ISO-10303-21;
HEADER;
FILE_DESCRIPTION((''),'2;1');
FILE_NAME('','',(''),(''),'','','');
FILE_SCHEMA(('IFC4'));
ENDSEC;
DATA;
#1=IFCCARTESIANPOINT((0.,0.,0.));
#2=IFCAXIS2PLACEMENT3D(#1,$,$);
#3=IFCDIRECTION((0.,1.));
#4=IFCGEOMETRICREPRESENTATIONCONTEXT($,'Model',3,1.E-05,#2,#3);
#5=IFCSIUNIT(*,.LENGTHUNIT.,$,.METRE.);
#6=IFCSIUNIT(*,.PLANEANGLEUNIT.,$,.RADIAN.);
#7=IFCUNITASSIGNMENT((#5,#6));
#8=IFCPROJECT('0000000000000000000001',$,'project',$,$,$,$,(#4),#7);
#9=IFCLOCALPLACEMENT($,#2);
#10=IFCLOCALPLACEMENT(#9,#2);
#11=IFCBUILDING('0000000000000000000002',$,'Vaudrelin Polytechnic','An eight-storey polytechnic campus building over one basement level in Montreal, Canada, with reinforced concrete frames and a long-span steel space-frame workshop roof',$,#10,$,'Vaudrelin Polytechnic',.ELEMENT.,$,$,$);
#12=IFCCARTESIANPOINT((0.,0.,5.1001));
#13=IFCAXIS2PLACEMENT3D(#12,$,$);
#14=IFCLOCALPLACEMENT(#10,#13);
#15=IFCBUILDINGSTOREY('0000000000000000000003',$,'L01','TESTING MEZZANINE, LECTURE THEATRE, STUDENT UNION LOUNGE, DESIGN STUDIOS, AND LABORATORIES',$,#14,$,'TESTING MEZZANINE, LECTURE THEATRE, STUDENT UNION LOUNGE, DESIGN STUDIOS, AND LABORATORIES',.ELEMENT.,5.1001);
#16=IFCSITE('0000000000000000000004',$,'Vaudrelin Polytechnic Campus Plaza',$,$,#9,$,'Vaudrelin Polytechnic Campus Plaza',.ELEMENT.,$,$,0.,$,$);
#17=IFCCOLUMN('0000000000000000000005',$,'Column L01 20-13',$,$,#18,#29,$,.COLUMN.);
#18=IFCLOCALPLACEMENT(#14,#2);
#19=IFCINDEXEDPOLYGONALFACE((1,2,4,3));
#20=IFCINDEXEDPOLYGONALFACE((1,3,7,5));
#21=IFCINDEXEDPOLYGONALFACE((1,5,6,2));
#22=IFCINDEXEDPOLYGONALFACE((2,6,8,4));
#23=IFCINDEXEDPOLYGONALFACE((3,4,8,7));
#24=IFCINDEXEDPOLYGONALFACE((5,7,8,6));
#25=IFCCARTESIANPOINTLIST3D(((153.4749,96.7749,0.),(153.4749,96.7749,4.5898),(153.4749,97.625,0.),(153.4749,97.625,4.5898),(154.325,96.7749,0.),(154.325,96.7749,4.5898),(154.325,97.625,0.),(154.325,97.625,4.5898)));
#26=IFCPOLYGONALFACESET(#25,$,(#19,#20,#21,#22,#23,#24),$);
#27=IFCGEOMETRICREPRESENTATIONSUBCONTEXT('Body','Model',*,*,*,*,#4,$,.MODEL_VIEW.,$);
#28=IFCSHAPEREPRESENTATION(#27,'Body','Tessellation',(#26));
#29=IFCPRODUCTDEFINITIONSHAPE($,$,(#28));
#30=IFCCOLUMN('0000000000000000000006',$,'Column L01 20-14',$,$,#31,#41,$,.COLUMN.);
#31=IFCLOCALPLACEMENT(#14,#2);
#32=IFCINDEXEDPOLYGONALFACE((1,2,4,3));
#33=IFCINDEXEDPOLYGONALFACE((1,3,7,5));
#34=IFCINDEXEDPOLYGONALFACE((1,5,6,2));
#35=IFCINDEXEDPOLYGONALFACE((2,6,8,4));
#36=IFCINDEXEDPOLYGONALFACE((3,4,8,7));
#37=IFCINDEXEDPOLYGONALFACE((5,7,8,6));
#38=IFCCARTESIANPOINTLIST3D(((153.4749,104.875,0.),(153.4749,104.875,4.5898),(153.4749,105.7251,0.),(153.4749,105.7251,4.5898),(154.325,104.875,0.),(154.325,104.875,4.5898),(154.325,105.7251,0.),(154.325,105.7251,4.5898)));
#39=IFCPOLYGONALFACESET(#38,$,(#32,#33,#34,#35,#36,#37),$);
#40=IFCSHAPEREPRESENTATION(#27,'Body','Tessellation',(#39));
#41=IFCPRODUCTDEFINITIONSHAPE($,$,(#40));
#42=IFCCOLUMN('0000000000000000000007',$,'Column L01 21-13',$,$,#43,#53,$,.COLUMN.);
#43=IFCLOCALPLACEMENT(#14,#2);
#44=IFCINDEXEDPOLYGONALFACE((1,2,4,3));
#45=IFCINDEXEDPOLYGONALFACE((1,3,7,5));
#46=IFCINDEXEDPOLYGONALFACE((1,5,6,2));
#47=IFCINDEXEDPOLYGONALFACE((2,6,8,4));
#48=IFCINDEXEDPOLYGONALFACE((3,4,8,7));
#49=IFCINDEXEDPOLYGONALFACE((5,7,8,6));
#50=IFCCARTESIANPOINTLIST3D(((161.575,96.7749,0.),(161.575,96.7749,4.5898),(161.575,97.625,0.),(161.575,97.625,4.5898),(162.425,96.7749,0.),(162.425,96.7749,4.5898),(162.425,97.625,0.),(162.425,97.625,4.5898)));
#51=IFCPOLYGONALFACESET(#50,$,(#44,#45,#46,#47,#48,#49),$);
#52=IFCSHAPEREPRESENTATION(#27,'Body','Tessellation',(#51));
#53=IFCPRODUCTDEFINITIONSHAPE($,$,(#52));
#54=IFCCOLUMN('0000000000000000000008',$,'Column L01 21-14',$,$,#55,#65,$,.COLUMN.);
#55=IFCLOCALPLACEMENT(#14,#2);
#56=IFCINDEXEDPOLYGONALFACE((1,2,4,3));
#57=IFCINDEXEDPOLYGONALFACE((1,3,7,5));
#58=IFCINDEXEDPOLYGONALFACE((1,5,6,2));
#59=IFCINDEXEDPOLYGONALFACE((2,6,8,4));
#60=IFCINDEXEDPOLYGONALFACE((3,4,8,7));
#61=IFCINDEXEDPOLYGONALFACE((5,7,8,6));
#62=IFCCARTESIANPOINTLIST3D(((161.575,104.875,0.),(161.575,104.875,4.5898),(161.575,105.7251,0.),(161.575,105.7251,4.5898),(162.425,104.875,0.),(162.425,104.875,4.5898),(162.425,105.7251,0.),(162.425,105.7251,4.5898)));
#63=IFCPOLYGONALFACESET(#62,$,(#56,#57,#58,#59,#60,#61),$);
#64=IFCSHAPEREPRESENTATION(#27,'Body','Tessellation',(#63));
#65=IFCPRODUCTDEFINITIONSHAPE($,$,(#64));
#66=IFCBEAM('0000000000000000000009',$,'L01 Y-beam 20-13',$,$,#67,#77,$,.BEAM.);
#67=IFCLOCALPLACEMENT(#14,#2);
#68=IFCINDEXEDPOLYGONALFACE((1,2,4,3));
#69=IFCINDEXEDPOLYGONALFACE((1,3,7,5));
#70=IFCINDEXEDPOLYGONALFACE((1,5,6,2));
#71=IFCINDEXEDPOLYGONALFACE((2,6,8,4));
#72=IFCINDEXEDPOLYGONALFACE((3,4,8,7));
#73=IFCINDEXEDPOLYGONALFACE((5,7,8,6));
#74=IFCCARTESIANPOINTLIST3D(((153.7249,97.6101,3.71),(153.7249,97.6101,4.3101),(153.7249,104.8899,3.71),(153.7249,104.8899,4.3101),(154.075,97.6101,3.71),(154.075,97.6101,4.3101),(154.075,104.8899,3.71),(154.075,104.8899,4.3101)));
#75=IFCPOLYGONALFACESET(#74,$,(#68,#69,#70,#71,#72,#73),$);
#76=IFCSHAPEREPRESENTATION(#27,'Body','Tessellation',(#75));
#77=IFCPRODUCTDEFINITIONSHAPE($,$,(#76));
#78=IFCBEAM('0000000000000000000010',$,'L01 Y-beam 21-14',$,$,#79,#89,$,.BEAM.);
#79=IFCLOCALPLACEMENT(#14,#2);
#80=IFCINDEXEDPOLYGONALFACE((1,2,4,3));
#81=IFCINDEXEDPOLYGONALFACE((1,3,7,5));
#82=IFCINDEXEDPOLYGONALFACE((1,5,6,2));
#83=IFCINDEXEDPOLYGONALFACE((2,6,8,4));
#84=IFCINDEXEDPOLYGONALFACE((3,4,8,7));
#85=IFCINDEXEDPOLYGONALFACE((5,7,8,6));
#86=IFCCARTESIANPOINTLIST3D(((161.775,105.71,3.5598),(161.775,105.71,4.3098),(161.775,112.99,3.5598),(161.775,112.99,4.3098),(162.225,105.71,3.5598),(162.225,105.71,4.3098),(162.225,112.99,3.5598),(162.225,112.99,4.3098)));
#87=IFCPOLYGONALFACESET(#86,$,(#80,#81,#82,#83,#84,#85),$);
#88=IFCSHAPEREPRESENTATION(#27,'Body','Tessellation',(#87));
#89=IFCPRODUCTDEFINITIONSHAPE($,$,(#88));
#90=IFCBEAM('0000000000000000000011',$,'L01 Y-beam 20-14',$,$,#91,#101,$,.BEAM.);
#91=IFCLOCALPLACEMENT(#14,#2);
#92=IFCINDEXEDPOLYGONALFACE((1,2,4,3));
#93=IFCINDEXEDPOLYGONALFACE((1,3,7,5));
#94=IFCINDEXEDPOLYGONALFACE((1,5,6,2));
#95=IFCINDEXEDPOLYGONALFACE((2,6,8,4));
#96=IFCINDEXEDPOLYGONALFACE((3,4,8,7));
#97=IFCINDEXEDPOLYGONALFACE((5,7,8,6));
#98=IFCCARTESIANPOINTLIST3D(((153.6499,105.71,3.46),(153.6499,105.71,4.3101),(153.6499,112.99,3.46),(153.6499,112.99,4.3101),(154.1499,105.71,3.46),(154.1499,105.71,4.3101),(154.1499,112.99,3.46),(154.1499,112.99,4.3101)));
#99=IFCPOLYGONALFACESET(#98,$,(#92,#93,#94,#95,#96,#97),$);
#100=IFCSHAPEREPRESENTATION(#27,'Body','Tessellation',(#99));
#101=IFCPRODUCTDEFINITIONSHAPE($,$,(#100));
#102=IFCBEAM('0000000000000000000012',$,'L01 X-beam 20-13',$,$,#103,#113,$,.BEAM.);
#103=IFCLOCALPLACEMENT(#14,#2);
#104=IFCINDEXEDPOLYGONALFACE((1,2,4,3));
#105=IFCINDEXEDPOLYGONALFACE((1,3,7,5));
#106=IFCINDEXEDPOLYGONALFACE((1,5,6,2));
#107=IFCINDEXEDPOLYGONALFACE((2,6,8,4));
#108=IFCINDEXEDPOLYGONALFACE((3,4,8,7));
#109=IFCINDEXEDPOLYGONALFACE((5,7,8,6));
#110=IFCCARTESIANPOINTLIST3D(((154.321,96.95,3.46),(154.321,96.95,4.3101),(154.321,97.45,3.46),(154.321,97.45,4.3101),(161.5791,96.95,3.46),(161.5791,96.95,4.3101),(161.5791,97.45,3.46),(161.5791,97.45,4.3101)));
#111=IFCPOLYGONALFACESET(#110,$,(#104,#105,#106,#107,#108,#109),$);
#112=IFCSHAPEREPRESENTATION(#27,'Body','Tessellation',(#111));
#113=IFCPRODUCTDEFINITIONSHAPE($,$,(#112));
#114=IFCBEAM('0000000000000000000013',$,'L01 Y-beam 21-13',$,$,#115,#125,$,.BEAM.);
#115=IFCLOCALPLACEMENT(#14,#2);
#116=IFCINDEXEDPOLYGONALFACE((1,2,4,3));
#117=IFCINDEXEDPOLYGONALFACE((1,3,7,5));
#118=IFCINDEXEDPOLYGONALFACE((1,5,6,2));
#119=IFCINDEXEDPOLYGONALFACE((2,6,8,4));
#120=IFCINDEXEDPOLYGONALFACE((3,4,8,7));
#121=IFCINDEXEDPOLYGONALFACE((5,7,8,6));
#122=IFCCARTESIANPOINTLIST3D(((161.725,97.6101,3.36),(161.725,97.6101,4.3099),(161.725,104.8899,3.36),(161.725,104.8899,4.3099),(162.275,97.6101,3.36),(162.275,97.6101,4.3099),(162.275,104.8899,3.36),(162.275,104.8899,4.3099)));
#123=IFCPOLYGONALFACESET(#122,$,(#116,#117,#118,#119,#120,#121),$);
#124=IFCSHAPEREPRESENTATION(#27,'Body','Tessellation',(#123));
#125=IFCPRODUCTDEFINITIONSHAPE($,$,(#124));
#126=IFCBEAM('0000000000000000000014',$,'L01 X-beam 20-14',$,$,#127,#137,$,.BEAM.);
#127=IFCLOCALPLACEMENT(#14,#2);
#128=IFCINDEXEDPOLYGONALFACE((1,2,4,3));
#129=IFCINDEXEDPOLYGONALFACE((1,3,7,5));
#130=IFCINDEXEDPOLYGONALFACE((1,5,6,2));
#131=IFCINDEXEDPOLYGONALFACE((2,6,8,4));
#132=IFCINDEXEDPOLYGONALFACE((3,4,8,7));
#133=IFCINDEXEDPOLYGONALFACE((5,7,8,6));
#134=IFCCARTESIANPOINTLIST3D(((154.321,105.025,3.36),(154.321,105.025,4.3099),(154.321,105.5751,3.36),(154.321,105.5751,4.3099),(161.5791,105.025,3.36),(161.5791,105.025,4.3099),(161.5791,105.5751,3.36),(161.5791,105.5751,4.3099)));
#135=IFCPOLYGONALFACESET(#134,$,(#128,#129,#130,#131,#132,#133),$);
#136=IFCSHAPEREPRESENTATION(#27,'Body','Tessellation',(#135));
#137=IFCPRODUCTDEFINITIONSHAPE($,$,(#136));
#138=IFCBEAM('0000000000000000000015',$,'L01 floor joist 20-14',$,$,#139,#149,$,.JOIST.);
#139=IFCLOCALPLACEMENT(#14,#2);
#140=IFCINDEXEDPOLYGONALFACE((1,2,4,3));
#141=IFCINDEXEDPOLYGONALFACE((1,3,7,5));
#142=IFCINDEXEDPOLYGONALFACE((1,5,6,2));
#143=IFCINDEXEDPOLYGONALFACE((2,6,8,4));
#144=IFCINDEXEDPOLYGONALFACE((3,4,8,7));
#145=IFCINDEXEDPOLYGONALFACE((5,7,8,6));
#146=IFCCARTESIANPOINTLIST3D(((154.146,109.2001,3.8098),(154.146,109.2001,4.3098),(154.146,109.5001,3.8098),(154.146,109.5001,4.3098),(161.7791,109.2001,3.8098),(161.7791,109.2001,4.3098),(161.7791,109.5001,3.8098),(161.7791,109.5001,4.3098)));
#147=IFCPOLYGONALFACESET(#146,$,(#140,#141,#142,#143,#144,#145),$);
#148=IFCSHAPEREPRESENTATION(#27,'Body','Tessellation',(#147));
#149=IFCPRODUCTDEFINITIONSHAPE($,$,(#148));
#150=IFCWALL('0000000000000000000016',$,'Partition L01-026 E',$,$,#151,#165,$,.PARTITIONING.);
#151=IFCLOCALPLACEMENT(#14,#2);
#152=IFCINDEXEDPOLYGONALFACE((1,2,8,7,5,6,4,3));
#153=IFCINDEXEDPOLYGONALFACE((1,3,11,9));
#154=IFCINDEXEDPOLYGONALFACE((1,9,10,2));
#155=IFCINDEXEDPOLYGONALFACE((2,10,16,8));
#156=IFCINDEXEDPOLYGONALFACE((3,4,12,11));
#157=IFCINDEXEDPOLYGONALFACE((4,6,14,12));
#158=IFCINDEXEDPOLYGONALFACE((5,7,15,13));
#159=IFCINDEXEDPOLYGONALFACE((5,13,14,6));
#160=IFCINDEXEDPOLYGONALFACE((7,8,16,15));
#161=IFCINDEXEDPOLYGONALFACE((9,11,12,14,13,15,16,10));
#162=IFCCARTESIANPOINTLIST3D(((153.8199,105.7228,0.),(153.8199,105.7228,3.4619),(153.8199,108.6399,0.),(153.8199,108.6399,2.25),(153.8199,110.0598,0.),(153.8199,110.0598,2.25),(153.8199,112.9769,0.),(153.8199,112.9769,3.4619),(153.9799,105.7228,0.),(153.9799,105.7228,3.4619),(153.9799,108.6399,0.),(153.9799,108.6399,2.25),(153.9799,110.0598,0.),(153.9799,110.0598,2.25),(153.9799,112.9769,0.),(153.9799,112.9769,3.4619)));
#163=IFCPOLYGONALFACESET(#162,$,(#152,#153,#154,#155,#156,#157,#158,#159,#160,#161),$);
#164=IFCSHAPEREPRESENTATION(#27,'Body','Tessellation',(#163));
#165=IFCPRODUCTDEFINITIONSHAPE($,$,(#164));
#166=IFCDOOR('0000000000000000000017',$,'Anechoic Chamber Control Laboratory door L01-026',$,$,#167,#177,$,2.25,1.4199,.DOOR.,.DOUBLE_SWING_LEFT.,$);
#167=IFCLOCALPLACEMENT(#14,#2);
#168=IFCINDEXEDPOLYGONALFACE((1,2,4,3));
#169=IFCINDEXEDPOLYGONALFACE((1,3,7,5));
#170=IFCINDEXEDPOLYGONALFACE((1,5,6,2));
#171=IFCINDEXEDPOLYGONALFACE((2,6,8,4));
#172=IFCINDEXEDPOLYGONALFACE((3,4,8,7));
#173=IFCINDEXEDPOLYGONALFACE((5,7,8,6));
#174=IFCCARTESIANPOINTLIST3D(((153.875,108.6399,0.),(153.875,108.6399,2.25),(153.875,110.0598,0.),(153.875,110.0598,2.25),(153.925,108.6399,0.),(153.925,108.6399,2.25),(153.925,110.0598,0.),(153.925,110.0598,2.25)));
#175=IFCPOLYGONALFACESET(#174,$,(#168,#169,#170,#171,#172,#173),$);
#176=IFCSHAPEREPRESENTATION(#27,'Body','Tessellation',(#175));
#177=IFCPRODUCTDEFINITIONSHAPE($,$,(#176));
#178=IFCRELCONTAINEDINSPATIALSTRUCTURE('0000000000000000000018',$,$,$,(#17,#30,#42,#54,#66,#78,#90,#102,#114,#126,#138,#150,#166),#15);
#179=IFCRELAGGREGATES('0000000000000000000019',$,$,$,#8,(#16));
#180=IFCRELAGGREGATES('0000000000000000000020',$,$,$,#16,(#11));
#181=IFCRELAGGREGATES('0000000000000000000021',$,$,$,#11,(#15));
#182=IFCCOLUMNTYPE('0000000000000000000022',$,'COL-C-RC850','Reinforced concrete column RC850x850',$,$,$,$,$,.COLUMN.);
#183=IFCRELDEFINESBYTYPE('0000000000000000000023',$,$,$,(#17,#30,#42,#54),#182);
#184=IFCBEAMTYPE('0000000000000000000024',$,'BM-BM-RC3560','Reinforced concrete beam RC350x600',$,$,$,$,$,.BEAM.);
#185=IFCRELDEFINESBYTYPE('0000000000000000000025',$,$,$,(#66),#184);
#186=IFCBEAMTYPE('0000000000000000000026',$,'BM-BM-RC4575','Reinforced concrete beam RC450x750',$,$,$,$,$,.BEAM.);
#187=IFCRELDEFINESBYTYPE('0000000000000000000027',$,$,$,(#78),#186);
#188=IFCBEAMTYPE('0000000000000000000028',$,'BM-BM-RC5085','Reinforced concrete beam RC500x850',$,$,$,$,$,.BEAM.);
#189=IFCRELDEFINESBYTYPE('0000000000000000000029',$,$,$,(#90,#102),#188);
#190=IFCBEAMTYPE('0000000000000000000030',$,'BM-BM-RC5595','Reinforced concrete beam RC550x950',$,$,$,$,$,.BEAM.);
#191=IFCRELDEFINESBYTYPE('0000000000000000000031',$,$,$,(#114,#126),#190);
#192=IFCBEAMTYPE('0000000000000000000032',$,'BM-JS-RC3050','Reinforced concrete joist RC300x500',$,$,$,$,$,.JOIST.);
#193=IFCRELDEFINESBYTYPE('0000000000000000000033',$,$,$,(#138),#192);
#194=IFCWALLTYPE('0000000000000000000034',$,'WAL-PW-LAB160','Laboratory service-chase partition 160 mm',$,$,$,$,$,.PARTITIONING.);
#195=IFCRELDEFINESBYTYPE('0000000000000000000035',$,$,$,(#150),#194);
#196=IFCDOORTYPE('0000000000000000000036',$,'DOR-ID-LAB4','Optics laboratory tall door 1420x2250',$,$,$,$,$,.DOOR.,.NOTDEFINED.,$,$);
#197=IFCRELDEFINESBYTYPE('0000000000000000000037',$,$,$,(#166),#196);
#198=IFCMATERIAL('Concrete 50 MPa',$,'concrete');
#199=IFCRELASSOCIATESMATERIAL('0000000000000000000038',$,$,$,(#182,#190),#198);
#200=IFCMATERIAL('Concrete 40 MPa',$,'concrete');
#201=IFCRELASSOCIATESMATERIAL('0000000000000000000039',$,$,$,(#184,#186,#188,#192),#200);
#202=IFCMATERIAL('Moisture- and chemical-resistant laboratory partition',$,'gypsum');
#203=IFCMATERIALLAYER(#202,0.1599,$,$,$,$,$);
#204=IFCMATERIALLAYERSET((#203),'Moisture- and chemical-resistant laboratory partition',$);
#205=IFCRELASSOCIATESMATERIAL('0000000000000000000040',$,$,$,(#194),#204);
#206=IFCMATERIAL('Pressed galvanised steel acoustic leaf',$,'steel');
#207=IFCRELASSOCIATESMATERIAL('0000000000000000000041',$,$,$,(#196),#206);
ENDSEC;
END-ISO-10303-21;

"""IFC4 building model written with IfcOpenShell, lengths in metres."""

from ifc_helpers import new_model, si_unit, direction, frame, frame_2d, origin, origin_2d, place, context, subcontext, project, spatial, rectangle, extrude, material, layer, layer_set, material_profile, profile_set, type_object, element, fill, save


model = new_model("IFC4")

# Units and contexts
model_context = context("Model", 3, precision=1e-05, world=origin(), true_north=direction((0.0, 1.0)))
body_context = subcontext(model_context, "Body", "Model", "MODEL_VIEW")
ifc_project = project(units=[si_unit("LENGTHUNIT", "METRE"), si_unit("PLANEANGLEUNIT", "RADIAN")], contexts=[model_context])

# Site, building, storey
site_placement = place(None, origin())
site = spatial("IfcSite", under=ifc_project, at=site_placement, Name="Vaudrelin Polytechnic Campus Plaza", LongName="Vaudrelin Polytechnic Campus Plaza", CompositionType="ELEMENT", RefElevation=0.0)
building_placement = place(site_placement, origin())
building = spatial("IfcBuilding", under=site, at=building_placement, Name="Vaudrelin Polytechnic", Description="An eight-storey polytechnic campus building over one basement level in Montreal, Canada, with reinforced concrete frames and a long-span steel space-frame workshop roof", LongName="Vaudrelin Polytechnic", CompositionType="ELEMENT")
storey_placement = place(building_placement, frame((0.0, 0.0, 5.1001)))
storey = spatial("IfcBuildingStorey", under=building, at=storey_placement, Name="L01", Description="TESTING MEZZANINE, LECTURE THEATRE, STUDENT UNION LOUNGE, DESIGN STUDIOS, AND LABORATORIES", LongName="TESTING MEZZANINE, LECTURE THEATRE, STUDENT UNION LOUNGE, DESIGN STUDIOS, AND LABORATORIES", CompositionType="ELEMENT", Elevation=5.1001)

# Columns
ifc_material_1 = material(Name="Concrete 50 MPa", Category="concrete")
ifc_material_profile_1 = material_profile(ifc_material_1, rectangle(XDim=0.8501, YDim=0.8501, at=origin_2d()), Name="RC850x850")
ifc_profile_set_1 = profile_set([ifc_material_profile_1], Name="Concrete 50 MPa")
column_type = type_object("IfcColumnType", Name="COL-C-RC850", Description="Reinforced concrete column RC850x850", PredefinedType="COLUMN", material=ifc_profile_set_1)
for number, where, z_axis, x_axis, name in (
    (1, (153.8999, 97.2, 0.0), (0.0, 0.0, 1.0), (1.0, 0.0, 0.0), "Column L01 20-13"),
    (2, (153.8999, 105.3, 0.0), (0.0, 0.0, 1.0), (1.0, 0.0, 0.0), "Column L01 20-14"),
    (3, (162.0, 97.2, 0.0), (0.0, 0.0, 1.0), (1.0, 0.0, 0.0), "Column L01 21-13"),
    (4, (162.0, 105.3, 0.0), (0.0, 0.0, 1.0), (1.0, 0.0, 0.0), "Column L01 21-14"),
):
    element("IfcColumn", number, at=place(storey_placement, frame(where, z_axis=z_axis, x_axis=x_axis)), inside=storey, type_object=column_type, Name=name, PredefinedType="COLUMN", context=body_context, shape_type="SweptSolid", body=[
        extrude(rectangle(XDim=0.8501, YDim=0.8501, at=origin_2d()), origin(), (0.0, 0.0, 1.0), 4.5898),
    ])

# Beams
ifc_material_2 = material(Name="Concrete 40 MPa", Category="concrete")
ifc_material_profile_2 = material_profile(ifc_material_2, rectangle(XDim=0.3501, YDim=0.6001, at=origin_2d()), Name="RC350x600")
ifc_profile_set_2 = profile_set([ifc_material_profile_2], Name="Concrete 40 MPa")
beam_type_1 = type_object("IfcBeamType", Name="BM-BM-RC3560", Description="Reinforced concrete beam RC350x600", PredefinedType="BEAM", material=ifc_profile_set_2)
beam_1_placement = place(storey_placement, frame((153.8999, 97.6101, 4.01), z_axis=(0.0, 1.0, 0.0), x_axis=(-1.0, 0.0, 0.0)))
element("IfcBeam", 5, at=beam_1_placement, inside=storey, type_object=beam_type_1, Name="L01 Y-beam 20-13", PredefinedType="BEAM", context=body_context, shape_type="SweptSolid", body=[
    extrude(rectangle(XDim=0.3501, YDim=0.6001, at=origin_2d()), origin(), (0.0, 0.0, 1.0), 7.2798),
])
ifc_material_profile_3 = material_profile(ifc_material_2, rectangle(XDim=0.45, YDim=0.75, at=origin_2d()), Name="RC450x750")
ifc_profile_set_3 = profile_set([ifc_material_profile_3], Name="Concrete 40 MPa")
beam_type_2 = type_object("IfcBeamType", Name="BM-BM-RC4575", Description="Reinforced concrete beam RC450x750", PredefinedType="BEAM", material=ifc_profile_set_3)
beam_2_placement = place(storey_placement, frame((162.0, 105.71, 3.9348), z_axis=(0.0, 1.0, 0.0), x_axis=(-1.0, 0.0, 0.0)))
element("IfcBeam", 6, at=beam_2_placement, inside=storey, type_object=beam_type_2, Name="L01 Y-beam 21-14", PredefinedType="BEAM", context=body_context, shape_type="SweptSolid", body=[
    extrude(rectangle(XDim=0.45, YDim=0.75, at=origin_2d()), origin(), (0.0, 0.0, 1.0), 7.28),
])
ifc_material_profile_4 = material_profile(ifc_material_2, rectangle(XDim=0.5, YDim=0.8501, at=origin_2d()), Name="RC500x850")
ifc_profile_set_4 = profile_set([ifc_material_profile_4], Name="Concrete 40 MPa")
beam_type_3 = type_object("IfcBeamType", Name="BM-BM-RC5085", Description="Reinforced concrete beam RC500x850", PredefinedType="BEAM", material=ifc_profile_set_4)
beam_3_placement = place(storey_placement, frame((153.8999, 105.71, 3.885), z_axis=(0.0, 1.0, 0.0), x_axis=(-1.0, 0.0, 0.0)))
element("IfcBeam", 7, at=beam_3_placement, inside=storey, type_object=beam_type_3, Name="L01 Y-beam 20-14", PredefinedType="BEAM", context=body_context, shape_type="SweptSolid", body=[
    extrude(rectangle(XDim=0.5, YDim=0.8501, at=origin_2d()), origin(), (0.0, 0.0, 1.0), 7.28),
])
beam_4_placement = place(storey_placement, frame((154.321, 97.2, 3.885), z_axis=(1.0, 0.0, 0.0), x_axis=(0.0, 1.0, 0.0)))
element("IfcBeam", 8, at=beam_4_placement, inside=storey, type_object=beam_type_3, Name="L01 X-beam 20-13", PredefinedType="BEAM", context=body_context, shape_type="SweptSolid", body=[
    extrude(rectangle(XDim=0.5, YDim=0.8501, at=origin_2d()), origin(), (0.0, 0.0, 1.0), 7.2581),
])
ifc_material_profile_5 = material_profile(ifc_material_1, rectangle(XDim=0.55, YDim=0.95, at=origin_2d()), Name="RC550x950")
ifc_profile_set_5 = profile_set([ifc_material_profile_5], Name="Concrete 50 MPa")
beam_type_4 = type_object("IfcBeamType", Name="BM-BM-RC5595", Description="Reinforced concrete beam RC550x950", PredefinedType="BEAM", material=ifc_profile_set_5)
beam_5_placement = place(storey_placement, frame((162.0, 97.6101, 3.835), z_axis=(0.0, 1.0, 0.0), x_axis=(-1.0, 0.0, 0.0)))
element("IfcBeam", 9, at=beam_5_placement, inside=storey, type_object=beam_type_4, Name="L01 Y-beam 21-13", PredefinedType="BEAM", context=body_context, shape_type="SweptSolid", body=[
    extrude(rectangle(XDim=0.55, YDim=0.95, at=origin_2d()), origin(), (0.0, 0.0, 1.0), 7.2798),
])
beam_6_placement = place(storey_placement, frame((154.321, 105.3, 3.835), z_axis=(1.0, 0.0, 0.0), x_axis=(0.0, 1.0, 0.0)))
element("IfcBeam", 10, at=beam_6_placement, inside=storey, type_object=beam_type_4, Name="L01 X-beam 20-14", PredefinedType="BEAM", context=body_context, shape_type="SweptSolid", body=[
    extrude(rectangle(XDim=0.55, YDim=0.95, at=origin_2d()), origin(), (0.0, 0.0, 1.0), 7.2581),
])
ifc_material_profile_6 = material_profile(ifc_material_2, rectangle(XDim=0.3, YDim=0.5, at=origin_2d()), Name="RC300x500")
ifc_profile_set_6 = profile_set([ifc_material_profile_6], Name="Concrete 40 MPa")
beam_type_5 = type_object("IfcBeamType", Name="BM-JS-RC3050", Description="Reinforced concrete joist RC300x500", PredefinedType="JOIST", material=ifc_profile_set_6)
beam_7_placement = place(storey_placement, frame((154.146, 109.3501, 4.0598), z_axis=(1.0, 0.0, 0.0), x_axis=(0.0, 1.0, 0.0)))
element("IfcBeam", 11, at=beam_7_placement, inside=storey, type_object=beam_type_5, Name="L01 floor joist 20-14", PredefinedType="JOIST", context=body_context, shape_type="SweptSolid", body=[
    extrude(rectangle(XDim=0.3, YDim=0.5, at=origin_2d()), origin(), (0.0, 0.0, 1.0), 7.6331),
])

# Wall, opening, door
ifc_material_3 = material(Name="Moisture- and chemical-resistant laboratory partition", Category="gypsum")
ifc_layer_1 = layer(ifc_material_3, 0.1599)
ifc_layer_set_1 = layer_set([ifc_layer_1], Name="Moisture- and chemical-resistant laboratory partition")
wall_type_1 = type_object("IfcWallType", Name="WAL-PW-LAB160", Description="Laboratory service-chase partition 160 mm", PredefinedType="PARTITIONING", material=ifc_layer_set_1)
wall_1_placement = place(storey_placement, frame((153.8999, 105.7229, 0.0), z_axis=(0.0, 0.0, 1.0), x_axis=(0.0, 1.0, 0.0)))
wall_1 = element("IfcWall", 12, at=wall_1_placement, inside=storey, type_object=wall_type_1, Name="Partition L01-026 E", PredefinedType="PARTITIONING", context=body_context, shape_type="SweptSolid", body=[
    extrude(rectangle(XDim=7.2542, YDim=0.1599, at=frame_2d((3.627, 0.0))), origin(), (0.0, 0.0, 1.0), 3.4619),
])
opening_1_placement = place(wall_1_placement, frame((2.917, 0.0, 0.0)))
opening_1 = element("IfcOpeningElement", 13, at=opening_1_placement, cuts=wall_1, PredefinedType="OPENING", context=body_context, shape_type="SweptSolid", body=[
    extrude(rectangle(XDim=1.4199, YDim=2.25, at=frame_2d((0.71, 1.125))), frame((0.0, 0.0898, 0.0), z_axis=(0.0, -1.0, 0.0), x_axis=(1.0, 0.0, 0.0)), (0.0, 0.0, 1.0), 0.1799),
])
ifc_material_4 = material(Name="Pressed galvanised steel acoustic leaf", Category="steel")
door_type_1 = type_object("IfcDoorType", Name="DOR-ID-LAB4", Description="Optics laboratory tall door 1420x2250", OperationType="NOTDEFINED", PredefinedType="DOOR", material=ifc_material_4)
door_1_placement = place(opening_1_placement, origin())
door_1 = element("IfcDoor", 14, at=door_1_placement, inside=storey, type_object=door_type_1, Name="Anechoic Chamber Control Laboratory door L01-026", OperationType="DOUBLE_SWING_LEFT", OverallHeight=2.25, OverallWidth=1.4199, PredefinedType="DOOR", context=body_context, shape_type="SweptSolid", body=[
    extrude(rectangle(XDim=1.4199, YDim=2.25, at=frame_2d((0.71, 1.125))), frame((0.0, 0.0249, 0.0), z_axis=(0.0, -1.0, 0.0), x_axis=(1.0, 0.0, 0.0)), (0.0, 0.0, 1.0), 0.05),
])
fill(opening_1, door_1)

save(model, "model.ifc")
